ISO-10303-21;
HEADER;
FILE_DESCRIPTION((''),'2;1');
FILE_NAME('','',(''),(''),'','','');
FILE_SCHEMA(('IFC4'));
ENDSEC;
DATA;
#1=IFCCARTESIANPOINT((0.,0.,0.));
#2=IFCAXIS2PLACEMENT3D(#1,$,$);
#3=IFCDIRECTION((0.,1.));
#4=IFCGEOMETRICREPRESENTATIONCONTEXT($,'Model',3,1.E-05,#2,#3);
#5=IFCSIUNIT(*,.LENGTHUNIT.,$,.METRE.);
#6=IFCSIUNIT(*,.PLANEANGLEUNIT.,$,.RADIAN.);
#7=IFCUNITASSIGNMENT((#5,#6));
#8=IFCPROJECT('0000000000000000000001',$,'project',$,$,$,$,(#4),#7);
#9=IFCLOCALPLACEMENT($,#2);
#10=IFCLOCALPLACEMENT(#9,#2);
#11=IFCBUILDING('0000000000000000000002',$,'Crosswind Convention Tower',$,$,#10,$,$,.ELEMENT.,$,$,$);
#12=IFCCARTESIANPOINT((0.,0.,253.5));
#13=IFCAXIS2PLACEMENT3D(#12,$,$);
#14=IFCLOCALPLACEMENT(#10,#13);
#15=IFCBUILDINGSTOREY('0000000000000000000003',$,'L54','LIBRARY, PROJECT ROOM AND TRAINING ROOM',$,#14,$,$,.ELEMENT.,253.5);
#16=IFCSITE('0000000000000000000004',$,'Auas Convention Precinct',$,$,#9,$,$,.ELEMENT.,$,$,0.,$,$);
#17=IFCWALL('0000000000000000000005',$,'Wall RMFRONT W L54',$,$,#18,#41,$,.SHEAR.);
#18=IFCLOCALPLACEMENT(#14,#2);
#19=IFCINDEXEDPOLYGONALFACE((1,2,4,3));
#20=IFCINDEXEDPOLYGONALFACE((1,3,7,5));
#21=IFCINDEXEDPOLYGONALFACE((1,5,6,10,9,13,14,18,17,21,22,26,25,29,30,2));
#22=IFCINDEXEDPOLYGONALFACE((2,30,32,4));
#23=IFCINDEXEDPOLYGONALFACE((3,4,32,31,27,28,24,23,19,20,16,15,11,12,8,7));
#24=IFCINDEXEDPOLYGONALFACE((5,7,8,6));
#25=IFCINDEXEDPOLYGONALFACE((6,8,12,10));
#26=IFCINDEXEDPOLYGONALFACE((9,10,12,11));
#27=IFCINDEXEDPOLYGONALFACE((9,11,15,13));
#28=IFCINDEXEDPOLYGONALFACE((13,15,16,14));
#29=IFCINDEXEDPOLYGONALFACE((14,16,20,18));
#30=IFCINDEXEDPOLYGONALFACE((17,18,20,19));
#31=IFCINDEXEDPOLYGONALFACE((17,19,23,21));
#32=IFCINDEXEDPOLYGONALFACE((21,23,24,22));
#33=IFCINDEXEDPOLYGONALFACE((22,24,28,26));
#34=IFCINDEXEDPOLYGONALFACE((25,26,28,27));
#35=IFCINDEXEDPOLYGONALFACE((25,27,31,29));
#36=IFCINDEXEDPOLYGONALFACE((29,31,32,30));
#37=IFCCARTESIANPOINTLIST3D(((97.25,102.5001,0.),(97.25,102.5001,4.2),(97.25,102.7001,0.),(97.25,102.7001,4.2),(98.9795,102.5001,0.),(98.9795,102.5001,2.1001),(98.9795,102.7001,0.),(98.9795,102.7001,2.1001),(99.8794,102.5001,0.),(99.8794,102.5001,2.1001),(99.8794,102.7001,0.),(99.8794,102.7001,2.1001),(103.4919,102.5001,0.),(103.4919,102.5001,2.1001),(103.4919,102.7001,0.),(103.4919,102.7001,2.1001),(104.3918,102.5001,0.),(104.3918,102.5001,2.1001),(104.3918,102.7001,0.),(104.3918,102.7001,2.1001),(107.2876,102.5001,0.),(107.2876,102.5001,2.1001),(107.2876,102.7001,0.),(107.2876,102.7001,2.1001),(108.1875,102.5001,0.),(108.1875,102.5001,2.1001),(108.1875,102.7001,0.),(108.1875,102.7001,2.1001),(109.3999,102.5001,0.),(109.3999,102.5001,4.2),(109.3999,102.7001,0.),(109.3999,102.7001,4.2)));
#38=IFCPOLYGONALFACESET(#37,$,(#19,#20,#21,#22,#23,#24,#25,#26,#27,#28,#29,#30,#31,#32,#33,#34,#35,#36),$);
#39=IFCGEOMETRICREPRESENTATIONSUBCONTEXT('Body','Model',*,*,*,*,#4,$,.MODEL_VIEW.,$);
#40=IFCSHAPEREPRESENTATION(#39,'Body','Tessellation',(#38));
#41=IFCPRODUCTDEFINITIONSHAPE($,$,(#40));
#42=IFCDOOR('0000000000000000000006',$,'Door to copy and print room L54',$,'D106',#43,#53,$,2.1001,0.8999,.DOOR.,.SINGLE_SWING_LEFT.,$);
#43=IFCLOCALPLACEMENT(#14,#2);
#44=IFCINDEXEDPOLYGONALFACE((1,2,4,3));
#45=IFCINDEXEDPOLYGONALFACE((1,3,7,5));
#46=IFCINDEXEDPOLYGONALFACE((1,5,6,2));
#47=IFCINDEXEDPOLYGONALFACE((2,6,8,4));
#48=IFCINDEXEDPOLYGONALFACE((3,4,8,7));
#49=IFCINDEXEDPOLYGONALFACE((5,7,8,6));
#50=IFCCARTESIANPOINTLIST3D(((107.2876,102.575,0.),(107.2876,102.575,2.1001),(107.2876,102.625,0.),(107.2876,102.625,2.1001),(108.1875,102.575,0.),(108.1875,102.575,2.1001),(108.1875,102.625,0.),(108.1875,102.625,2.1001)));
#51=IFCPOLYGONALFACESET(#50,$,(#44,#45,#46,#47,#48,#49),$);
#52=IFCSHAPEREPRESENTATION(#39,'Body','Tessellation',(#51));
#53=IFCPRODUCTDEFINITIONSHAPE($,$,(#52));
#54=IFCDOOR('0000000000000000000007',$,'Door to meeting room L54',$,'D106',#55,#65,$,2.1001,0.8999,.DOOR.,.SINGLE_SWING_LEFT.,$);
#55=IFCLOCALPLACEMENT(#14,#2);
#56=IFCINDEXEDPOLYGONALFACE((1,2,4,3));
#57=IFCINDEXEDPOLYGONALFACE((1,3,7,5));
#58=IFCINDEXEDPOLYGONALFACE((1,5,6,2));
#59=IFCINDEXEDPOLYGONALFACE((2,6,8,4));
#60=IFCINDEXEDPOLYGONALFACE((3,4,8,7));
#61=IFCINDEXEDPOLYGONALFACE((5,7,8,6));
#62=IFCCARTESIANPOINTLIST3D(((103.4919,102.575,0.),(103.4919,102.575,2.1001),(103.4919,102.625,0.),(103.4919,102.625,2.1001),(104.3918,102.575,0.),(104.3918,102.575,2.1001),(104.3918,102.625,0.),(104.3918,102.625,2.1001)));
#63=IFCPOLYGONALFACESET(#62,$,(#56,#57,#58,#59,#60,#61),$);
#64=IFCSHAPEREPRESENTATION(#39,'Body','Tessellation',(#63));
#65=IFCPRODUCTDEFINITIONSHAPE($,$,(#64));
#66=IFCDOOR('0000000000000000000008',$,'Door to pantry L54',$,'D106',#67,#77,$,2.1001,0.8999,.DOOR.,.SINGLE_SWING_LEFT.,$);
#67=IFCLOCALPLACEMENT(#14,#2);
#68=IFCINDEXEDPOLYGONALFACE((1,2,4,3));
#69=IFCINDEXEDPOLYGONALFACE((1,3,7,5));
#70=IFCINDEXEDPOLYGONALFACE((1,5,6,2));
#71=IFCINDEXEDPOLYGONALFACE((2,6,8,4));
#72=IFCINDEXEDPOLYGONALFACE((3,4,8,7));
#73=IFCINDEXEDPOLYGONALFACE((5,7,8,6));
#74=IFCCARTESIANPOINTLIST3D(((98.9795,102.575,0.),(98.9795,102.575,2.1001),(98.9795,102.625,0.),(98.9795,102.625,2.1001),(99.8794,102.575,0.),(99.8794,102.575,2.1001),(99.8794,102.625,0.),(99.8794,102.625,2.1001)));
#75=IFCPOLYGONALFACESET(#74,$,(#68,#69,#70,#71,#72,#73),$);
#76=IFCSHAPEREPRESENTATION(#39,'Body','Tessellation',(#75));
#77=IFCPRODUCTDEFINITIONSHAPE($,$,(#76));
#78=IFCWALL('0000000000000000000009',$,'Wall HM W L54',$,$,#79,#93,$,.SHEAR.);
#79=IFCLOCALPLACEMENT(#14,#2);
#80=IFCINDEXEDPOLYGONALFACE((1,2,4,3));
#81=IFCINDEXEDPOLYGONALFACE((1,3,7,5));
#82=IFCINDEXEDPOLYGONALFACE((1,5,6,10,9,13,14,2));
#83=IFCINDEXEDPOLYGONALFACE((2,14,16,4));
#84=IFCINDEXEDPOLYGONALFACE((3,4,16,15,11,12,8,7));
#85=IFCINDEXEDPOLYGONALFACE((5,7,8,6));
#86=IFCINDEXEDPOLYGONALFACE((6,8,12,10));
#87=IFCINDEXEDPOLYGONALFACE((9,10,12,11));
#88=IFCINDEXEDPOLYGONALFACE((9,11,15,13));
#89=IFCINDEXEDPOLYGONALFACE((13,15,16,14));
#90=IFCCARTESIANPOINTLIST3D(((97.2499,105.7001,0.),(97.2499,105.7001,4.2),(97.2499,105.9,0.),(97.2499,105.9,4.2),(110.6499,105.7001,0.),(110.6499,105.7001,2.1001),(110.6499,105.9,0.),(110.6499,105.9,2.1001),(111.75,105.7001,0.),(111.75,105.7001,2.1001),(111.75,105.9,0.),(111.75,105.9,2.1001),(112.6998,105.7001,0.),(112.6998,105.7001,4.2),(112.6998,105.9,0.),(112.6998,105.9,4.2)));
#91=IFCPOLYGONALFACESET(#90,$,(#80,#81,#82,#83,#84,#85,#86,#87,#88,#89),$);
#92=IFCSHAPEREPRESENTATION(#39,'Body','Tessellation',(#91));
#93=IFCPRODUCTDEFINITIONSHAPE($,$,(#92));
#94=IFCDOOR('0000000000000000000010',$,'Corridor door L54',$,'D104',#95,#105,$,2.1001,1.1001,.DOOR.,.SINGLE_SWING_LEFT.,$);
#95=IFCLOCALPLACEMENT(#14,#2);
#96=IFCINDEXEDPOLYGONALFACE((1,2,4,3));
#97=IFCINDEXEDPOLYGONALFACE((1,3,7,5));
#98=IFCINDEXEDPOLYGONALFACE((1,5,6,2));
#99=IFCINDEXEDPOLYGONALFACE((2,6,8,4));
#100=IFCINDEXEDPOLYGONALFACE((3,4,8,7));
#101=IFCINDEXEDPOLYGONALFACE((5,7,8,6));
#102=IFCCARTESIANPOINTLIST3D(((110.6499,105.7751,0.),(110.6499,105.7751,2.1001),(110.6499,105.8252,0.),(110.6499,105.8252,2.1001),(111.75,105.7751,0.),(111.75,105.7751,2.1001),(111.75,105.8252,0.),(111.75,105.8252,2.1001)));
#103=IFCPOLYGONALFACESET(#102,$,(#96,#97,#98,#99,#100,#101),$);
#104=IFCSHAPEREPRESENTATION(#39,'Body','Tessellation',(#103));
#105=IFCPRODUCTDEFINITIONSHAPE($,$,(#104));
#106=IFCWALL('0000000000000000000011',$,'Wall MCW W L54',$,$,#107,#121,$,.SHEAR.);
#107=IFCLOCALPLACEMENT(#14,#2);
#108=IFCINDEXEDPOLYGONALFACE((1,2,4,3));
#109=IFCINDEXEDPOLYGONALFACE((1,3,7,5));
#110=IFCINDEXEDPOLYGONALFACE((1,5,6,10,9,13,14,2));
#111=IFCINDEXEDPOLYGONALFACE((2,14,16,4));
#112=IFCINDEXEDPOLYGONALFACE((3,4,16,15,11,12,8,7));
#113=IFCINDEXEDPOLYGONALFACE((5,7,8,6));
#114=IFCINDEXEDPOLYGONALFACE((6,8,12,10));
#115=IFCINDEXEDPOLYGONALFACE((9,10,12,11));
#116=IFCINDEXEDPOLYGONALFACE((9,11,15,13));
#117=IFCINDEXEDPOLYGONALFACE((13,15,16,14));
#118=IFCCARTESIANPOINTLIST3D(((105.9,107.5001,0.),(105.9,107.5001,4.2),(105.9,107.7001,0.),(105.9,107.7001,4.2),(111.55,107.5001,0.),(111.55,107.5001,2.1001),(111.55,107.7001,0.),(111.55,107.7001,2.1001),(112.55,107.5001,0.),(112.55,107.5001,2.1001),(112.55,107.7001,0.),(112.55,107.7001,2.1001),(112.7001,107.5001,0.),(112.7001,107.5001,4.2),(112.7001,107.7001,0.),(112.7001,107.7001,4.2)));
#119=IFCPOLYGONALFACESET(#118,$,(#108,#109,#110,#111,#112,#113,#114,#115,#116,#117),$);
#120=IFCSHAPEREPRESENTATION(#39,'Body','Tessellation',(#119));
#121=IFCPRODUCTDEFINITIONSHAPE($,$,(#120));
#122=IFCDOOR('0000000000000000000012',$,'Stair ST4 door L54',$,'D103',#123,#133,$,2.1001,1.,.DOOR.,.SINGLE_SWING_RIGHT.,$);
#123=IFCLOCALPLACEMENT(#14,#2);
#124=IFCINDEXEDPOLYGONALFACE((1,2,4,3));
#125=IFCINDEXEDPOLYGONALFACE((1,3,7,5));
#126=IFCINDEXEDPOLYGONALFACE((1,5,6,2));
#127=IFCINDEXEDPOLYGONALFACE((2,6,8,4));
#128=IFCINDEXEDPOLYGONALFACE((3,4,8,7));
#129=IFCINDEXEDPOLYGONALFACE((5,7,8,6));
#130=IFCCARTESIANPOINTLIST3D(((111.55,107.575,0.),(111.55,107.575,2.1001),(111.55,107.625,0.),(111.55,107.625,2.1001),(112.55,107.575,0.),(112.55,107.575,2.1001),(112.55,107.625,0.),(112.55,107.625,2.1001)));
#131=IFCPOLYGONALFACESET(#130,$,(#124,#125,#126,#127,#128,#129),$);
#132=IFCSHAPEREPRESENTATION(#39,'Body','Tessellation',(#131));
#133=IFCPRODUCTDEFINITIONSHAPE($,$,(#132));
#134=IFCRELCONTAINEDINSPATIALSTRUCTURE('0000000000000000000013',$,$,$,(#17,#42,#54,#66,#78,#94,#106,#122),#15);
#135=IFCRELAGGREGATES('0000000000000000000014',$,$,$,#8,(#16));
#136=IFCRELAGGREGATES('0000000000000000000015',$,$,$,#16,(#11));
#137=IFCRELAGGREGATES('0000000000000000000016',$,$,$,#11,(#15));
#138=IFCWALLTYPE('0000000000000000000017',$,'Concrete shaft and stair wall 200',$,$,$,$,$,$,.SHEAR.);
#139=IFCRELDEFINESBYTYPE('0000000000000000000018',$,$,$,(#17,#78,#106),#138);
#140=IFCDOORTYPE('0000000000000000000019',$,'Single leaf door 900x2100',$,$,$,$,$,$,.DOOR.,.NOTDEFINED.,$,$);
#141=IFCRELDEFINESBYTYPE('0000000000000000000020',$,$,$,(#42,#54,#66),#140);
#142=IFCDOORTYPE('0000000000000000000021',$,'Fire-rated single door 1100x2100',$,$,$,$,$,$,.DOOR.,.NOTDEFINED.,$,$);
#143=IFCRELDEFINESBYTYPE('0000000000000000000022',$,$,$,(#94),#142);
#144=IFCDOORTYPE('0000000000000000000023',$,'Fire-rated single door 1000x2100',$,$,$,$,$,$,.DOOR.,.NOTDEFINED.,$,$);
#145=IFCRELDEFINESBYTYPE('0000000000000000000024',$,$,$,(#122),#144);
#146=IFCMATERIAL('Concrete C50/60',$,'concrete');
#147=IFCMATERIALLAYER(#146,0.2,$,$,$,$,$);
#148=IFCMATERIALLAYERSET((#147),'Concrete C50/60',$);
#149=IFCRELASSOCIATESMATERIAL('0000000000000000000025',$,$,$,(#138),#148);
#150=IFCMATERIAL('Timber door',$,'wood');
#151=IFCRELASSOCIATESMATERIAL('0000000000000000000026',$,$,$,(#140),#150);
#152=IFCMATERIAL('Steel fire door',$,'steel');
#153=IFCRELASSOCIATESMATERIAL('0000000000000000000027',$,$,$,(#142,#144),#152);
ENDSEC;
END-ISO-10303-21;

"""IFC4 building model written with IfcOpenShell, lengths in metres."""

from ifc_helpers import new_model, si_unit, direction, frame, frame_2d, origin, place, context, subcontext, project, spatial, rectangle, extrude, material, layer, layer_set, type_object, element, fill, save


model = new_model("IFC4")

# Units and contexts
model_context = context("Model", 3, precision=1e-05, world=origin(), true_north=direction((0.0, 1.0)))
body_context = subcontext(model_context, "Body", "Model", "MODEL_VIEW")
ifc_project = project(units=[si_unit("LENGTHUNIT", "METRE"), si_unit("PLANEANGLEUNIT", "RADIAN")], contexts=[model_context])

# Site, building, storey
site_placement = place(None, origin())
site = spatial("IfcSite", under=ifc_project, at=site_placement, Name="Auas Convention Precinct", CompositionType="ELEMENT", RefElevation=0.0)
building_placement = place(site_placement, origin())
building = spatial("IfcBuilding", under=site, at=building_placement, Name="Crosswind Convention Tower", CompositionType="ELEMENT")
storey_placement = place(building_placement, frame((0.0, 0.0, 253.5)))
storey = spatial("IfcBuildingStorey", under=building, at=storey_placement, Name="L54", Description="LIBRARY, PROJECT ROOM AND TRAINING ROOM", CompositionType="ELEMENT", Elevation=253.5)

# Shared definitions
ifc_material_1 = material(Name="Concrete C50/60", Category="concrete")

# Wall, openings, doors
ifc_layer_1 = layer(ifc_material_1, 0.2)
ifc_layer_set_1 = layer_set([ifc_layer_1], Name="Concrete C50/60")
wall_type_1 = type_object("IfcWallType", Name="Concrete shaft and stair wall 200", PredefinedType="SHEAR", material=ifc_layer_set_1)
wall_1_placement = place(storey_placement, frame((109.3999, 102.6001, 0.0), z_axis=(0.0, 0.0, 1.0), x_axis=(-1.0, 0.0, 0.0)))
wall_1 = element("IfcWall", 1, at=wall_1_placement, inside=storey, type_object=wall_type_1, Name="Wall RMFRONT W L54", PredefinedType="SHEAR", context=body_context, shape_type="SweptSolid", body=[
    extrude(rectangle(XDim=12.1499, YDim=0.2, at=frame_2d((6.075, 0.0))), origin(), (0.0, 0.0, 1.0), 4.2),
])
opening_1_placement = place(wall_1_placement, frame((1.2124, 0.0, 0.0)))
opening_1 = element("IfcOpeningElement", 2, at=opening_1_placement, cuts=wall_1, PredefinedType="OPENING", context=body_context, shape_type="SweptSolid", body=[
    extrude(rectangle(XDim=0.8999, YDim=2.1001, at=frame_2d((0.45, 1.05))), frame((0.0, 0.1099, 0.0), z_axis=(0.0, -1.0, 0.0), x_axis=(1.0, 0.0, 0.0)), (0.0, 0.0, 1.0), 0.22),
])
opening_2_placement = place(wall_1_placement, frame((5.0081, 0.0, 0.0)))
opening_2 = element("IfcOpeningElement", 3, at=opening_2_placement, cuts=wall_1, PredefinedType="OPENING", context=body_context, shape_type="SweptSolid", body=[
    extrude(rectangle(XDim=0.8999, YDim=2.1001, at=frame_2d((0.45, 1.05))), frame((0.0, 0.1099, 0.0), z_axis=(0.0, -1.0, 0.0), x_axis=(1.0, 0.0, 0.0)), (0.0, 0.0, 1.0), 0.22),
])
opening_3_placement = place(wall_1_placement, frame((9.5205, 0.0, 0.0)))
opening_3 = element("IfcOpeningElement", 4, at=opening_3_placement, cuts=wall_1, PredefinedType="OPENING", context=body_context, shape_type="SweptSolid", body=[
    extrude(rectangle(XDim=0.8999, YDim=2.1001, at=frame_2d((0.45, 1.05))), frame((0.0, 0.1099, 0.0), z_axis=(0.0, -1.0, 0.0), x_axis=(1.0, 0.0, 0.0)), (0.0, 0.0, 1.0), 0.22),
])
ifc_material_2 = material(Name="Timber door", Category="wood")
door_type_1 = type_object("IfcDoorType", Name="Single leaf door 900x2100", OperationType="NOTDEFINED", PredefinedType="DOOR", material=ifc_material_2)
door_1_placement = place(opening_1_placement, frame((0.8999, 0.0, 0.0), z_axis=(0.0, 0.0, 1.0), x_axis=(-1.0, 0.0, 0.0)))
door_1 = element("IfcDoor", 5, at=door_1_placement, inside=storey, type_object=door_type_1, Name="Door to copy and print room L54", ObjectType="D106", OperationType="SINGLE_SWING_LEFT", OverallHeight=2.1001, OverallWidth=0.8999, PredefinedType="DOOR", context=body_context, shape_type="SweptSolid", body=[
    extrude(rectangle(XDim=0.8999, YDim=2.1001, at=frame_2d((0.45, 1.05))), frame((0.0, 0.0249, 0.0), z_axis=(0.0, -1.0, 0.0), x_axis=(1.0, 0.0, 0.0)), (0.0, 0.0, 1.0), 0.05),
])
fill(opening_1, door_1)
door_2_placement = place(opening_2_placement, frame((0.8999, 0.0, 0.0), z_axis=(0.0, 0.0, 1.0), x_axis=(-1.0, 0.0, 0.0)))
door_2 = element("IfcDoor", 6, at=door_2_placement, inside=storey, type_object=door_type_1, Name="Door to meeting room L54", ObjectType="D106", OperationType="SINGLE_SWING_LEFT", OverallHeight=2.1001, OverallWidth=0.8999, PredefinedType="DOOR", context=body_context, shape_type="SweptSolid", body=[
    extrude(rectangle(XDim=0.8999, YDim=2.1001, at=frame_2d((0.45, 1.05))), frame((0.0, 0.0249, 0.0), z_axis=(0.0, -1.0, 0.0), x_axis=(1.0, 0.0, 0.0)), (0.0, 0.0, 1.0), 0.05),
])
fill(opening_2, door_2)
door_3_placement = place(opening_3_placement, frame((0.8999, 0.0, 0.0), z_axis=(0.0, 0.0, 1.0), x_axis=(-1.0, 0.0, 0.0)))
door_3 = element("IfcDoor", 7, at=door_3_placement, inside=storey, type_object=door_type_1, Name="Door to pantry L54", ObjectType="D106", OperationType="SINGLE_SWING_LEFT", OverallHeight=2.1001, OverallWidth=0.8999, PredefinedType="DOOR", context=body_context, shape_type="SweptSolid", body=[
    extrude(rectangle(XDim=0.8999, YDim=2.1001, at=frame_2d((0.45, 1.05))), frame((0.0, 0.0249, 0.0), z_axis=(0.0, -1.0, 0.0), x_axis=(1.0, 0.0, 0.0)), (0.0, 0.0, 1.0), 0.05),
])
fill(opening_3, door_3)

# Walls, openings, doors
wall_2_placement = place(storey_placement, frame((112.7, 105.8, 0.0), z_axis=(0.0, 0.0, 1.0), x_axis=(-1.0, 0.0, 0.0)))
wall_2 = element("IfcWall", 8, at=wall_2_placement, inside=storey, type_object=wall_type_1, Name="Wall HM W L54", PredefinedType="SHEAR", context=body_context, shape_type="SweptSolid", body=[
    extrude(rectangle(XDim=15.45, YDim=0.2, at=frame_2d((7.7251, 0.0))), origin(), (0.0, 0.0, 1.0), 4.2),
])
opening_4_placement = place(wall_2_placement, frame((0.95, 0.0, 0.0)))
opening_4 = element("IfcOpeningElement", 9, at=opening_4_placement, cuts=wall_2, PredefinedType="OPENING", context=body_context, shape_type="SweptSolid", body=[
    extrude(rectangle(XDim=1.1001, YDim=2.1001, at=frame_2d((0.55, 1.05))), frame((0.0, 0.1099, 0.0), z_axis=(0.0, -1.0, 0.0), x_axis=(1.0, 0.0, 0.0)), (0.0, 0.0, 1.0), 0.22),
])
ifc_material_3 = material(Name="Steel fire door", Category="steel")
door_type_2 = type_object("IfcDoorType", Name="Fire-rated single door 1100x2100", OperationType="NOTDEFINED", PredefinedType="DOOR", material=ifc_material_3)
door_4_placement = place(opening_4_placement, origin())
door_4 = element("IfcDoor", 10, at=door_4_placement, inside=storey, type_object=door_type_2, Name="Corridor door L54", ObjectType="D104", OperationType="SINGLE_SWING_LEFT", OverallHeight=2.1001, OverallWidth=1.1001, PredefinedType="DOOR", context=body_context, shape_type="SweptSolid", body=[
    extrude(rectangle(XDim=1.1001, YDim=2.1001, at=frame_2d((0.55, 1.05))), frame((0.0, 0.0249, 0.0), z_axis=(0.0, -1.0, 0.0), x_axis=(1.0, 0.0, 0.0)), (0.0, 0.0, 1.0), 0.05),
])
fill(opening_4, door_4)
wall_3_placement = place(storey_placement, frame((112.7, 107.6001, 0.0), z_axis=(0.0, 0.0, 1.0), x_axis=(-1.0, 0.0, 0.0)))
wall_3 = element("IfcWall", 11, at=wall_3_placement, inside=storey, type_object=wall_type_1, Name="Wall MCW W L54", PredefinedType="SHEAR", context=body_context, shape_type="SweptSolid", body=[
    extrude(rectangle(XDim=6.8, YDim=0.2, at=frame_2d((3.3999, 0.0))), origin(), (0.0, 0.0, 1.0), 4.2),
])
opening_5_placement = place(wall_3_placement, frame((0.1499, 0.0, 0.0)))
opening_5 = element("IfcOpeningElement", 12, at=opening_5_placement, cuts=wall_3, PredefinedType="OPENING", context=body_context, shape_type="SweptSolid", body=[
    extrude(rectangle(XDim=1.0, YDim=2.1001, at=frame_2d((0.5, 1.05))), frame((0.0, 0.1099, 0.0), z_axis=(0.0, -1.0, 0.0), x_axis=(1.0, 0.0, 0.0)), (0.0, 0.0, 1.0), 0.22),
])
door_type_3 = type_object("IfcDoorType", Name="Fire-rated single door 1000x2100", OperationType="NOTDEFINED", PredefinedType="DOOR", material=ifc_material_3)
door_5_placement = place(opening_5_placement, frame((1.0, 0.0, 0.0), z_axis=(0.0, 0.0, 1.0), x_axis=(-1.0, 0.0, 0.0)))
door_5 = element("IfcDoor", 13, at=door_5_placement, inside=storey, type_object=door_type_3, Name="Stair ST4 door L54", ObjectType="D103", OperationType="SINGLE_SWING_RIGHT", OverallHeight=2.1001, OverallWidth=1.0, PredefinedType="DOOR", context=body_context, shape_type="SweptSolid", body=[
    extrude(rectangle(XDim=1.0, YDim=2.1001, at=frame_2d((0.5, 1.05))), frame((0.0, 0.0249, 0.0), z_axis=(0.0, -1.0, 0.0), x_axis=(1.0, 0.0, 0.0)), (0.0, 0.0, 1.0), 0.05),
])
fill(opening_5, door_5)

save(model, "model.ifc")
